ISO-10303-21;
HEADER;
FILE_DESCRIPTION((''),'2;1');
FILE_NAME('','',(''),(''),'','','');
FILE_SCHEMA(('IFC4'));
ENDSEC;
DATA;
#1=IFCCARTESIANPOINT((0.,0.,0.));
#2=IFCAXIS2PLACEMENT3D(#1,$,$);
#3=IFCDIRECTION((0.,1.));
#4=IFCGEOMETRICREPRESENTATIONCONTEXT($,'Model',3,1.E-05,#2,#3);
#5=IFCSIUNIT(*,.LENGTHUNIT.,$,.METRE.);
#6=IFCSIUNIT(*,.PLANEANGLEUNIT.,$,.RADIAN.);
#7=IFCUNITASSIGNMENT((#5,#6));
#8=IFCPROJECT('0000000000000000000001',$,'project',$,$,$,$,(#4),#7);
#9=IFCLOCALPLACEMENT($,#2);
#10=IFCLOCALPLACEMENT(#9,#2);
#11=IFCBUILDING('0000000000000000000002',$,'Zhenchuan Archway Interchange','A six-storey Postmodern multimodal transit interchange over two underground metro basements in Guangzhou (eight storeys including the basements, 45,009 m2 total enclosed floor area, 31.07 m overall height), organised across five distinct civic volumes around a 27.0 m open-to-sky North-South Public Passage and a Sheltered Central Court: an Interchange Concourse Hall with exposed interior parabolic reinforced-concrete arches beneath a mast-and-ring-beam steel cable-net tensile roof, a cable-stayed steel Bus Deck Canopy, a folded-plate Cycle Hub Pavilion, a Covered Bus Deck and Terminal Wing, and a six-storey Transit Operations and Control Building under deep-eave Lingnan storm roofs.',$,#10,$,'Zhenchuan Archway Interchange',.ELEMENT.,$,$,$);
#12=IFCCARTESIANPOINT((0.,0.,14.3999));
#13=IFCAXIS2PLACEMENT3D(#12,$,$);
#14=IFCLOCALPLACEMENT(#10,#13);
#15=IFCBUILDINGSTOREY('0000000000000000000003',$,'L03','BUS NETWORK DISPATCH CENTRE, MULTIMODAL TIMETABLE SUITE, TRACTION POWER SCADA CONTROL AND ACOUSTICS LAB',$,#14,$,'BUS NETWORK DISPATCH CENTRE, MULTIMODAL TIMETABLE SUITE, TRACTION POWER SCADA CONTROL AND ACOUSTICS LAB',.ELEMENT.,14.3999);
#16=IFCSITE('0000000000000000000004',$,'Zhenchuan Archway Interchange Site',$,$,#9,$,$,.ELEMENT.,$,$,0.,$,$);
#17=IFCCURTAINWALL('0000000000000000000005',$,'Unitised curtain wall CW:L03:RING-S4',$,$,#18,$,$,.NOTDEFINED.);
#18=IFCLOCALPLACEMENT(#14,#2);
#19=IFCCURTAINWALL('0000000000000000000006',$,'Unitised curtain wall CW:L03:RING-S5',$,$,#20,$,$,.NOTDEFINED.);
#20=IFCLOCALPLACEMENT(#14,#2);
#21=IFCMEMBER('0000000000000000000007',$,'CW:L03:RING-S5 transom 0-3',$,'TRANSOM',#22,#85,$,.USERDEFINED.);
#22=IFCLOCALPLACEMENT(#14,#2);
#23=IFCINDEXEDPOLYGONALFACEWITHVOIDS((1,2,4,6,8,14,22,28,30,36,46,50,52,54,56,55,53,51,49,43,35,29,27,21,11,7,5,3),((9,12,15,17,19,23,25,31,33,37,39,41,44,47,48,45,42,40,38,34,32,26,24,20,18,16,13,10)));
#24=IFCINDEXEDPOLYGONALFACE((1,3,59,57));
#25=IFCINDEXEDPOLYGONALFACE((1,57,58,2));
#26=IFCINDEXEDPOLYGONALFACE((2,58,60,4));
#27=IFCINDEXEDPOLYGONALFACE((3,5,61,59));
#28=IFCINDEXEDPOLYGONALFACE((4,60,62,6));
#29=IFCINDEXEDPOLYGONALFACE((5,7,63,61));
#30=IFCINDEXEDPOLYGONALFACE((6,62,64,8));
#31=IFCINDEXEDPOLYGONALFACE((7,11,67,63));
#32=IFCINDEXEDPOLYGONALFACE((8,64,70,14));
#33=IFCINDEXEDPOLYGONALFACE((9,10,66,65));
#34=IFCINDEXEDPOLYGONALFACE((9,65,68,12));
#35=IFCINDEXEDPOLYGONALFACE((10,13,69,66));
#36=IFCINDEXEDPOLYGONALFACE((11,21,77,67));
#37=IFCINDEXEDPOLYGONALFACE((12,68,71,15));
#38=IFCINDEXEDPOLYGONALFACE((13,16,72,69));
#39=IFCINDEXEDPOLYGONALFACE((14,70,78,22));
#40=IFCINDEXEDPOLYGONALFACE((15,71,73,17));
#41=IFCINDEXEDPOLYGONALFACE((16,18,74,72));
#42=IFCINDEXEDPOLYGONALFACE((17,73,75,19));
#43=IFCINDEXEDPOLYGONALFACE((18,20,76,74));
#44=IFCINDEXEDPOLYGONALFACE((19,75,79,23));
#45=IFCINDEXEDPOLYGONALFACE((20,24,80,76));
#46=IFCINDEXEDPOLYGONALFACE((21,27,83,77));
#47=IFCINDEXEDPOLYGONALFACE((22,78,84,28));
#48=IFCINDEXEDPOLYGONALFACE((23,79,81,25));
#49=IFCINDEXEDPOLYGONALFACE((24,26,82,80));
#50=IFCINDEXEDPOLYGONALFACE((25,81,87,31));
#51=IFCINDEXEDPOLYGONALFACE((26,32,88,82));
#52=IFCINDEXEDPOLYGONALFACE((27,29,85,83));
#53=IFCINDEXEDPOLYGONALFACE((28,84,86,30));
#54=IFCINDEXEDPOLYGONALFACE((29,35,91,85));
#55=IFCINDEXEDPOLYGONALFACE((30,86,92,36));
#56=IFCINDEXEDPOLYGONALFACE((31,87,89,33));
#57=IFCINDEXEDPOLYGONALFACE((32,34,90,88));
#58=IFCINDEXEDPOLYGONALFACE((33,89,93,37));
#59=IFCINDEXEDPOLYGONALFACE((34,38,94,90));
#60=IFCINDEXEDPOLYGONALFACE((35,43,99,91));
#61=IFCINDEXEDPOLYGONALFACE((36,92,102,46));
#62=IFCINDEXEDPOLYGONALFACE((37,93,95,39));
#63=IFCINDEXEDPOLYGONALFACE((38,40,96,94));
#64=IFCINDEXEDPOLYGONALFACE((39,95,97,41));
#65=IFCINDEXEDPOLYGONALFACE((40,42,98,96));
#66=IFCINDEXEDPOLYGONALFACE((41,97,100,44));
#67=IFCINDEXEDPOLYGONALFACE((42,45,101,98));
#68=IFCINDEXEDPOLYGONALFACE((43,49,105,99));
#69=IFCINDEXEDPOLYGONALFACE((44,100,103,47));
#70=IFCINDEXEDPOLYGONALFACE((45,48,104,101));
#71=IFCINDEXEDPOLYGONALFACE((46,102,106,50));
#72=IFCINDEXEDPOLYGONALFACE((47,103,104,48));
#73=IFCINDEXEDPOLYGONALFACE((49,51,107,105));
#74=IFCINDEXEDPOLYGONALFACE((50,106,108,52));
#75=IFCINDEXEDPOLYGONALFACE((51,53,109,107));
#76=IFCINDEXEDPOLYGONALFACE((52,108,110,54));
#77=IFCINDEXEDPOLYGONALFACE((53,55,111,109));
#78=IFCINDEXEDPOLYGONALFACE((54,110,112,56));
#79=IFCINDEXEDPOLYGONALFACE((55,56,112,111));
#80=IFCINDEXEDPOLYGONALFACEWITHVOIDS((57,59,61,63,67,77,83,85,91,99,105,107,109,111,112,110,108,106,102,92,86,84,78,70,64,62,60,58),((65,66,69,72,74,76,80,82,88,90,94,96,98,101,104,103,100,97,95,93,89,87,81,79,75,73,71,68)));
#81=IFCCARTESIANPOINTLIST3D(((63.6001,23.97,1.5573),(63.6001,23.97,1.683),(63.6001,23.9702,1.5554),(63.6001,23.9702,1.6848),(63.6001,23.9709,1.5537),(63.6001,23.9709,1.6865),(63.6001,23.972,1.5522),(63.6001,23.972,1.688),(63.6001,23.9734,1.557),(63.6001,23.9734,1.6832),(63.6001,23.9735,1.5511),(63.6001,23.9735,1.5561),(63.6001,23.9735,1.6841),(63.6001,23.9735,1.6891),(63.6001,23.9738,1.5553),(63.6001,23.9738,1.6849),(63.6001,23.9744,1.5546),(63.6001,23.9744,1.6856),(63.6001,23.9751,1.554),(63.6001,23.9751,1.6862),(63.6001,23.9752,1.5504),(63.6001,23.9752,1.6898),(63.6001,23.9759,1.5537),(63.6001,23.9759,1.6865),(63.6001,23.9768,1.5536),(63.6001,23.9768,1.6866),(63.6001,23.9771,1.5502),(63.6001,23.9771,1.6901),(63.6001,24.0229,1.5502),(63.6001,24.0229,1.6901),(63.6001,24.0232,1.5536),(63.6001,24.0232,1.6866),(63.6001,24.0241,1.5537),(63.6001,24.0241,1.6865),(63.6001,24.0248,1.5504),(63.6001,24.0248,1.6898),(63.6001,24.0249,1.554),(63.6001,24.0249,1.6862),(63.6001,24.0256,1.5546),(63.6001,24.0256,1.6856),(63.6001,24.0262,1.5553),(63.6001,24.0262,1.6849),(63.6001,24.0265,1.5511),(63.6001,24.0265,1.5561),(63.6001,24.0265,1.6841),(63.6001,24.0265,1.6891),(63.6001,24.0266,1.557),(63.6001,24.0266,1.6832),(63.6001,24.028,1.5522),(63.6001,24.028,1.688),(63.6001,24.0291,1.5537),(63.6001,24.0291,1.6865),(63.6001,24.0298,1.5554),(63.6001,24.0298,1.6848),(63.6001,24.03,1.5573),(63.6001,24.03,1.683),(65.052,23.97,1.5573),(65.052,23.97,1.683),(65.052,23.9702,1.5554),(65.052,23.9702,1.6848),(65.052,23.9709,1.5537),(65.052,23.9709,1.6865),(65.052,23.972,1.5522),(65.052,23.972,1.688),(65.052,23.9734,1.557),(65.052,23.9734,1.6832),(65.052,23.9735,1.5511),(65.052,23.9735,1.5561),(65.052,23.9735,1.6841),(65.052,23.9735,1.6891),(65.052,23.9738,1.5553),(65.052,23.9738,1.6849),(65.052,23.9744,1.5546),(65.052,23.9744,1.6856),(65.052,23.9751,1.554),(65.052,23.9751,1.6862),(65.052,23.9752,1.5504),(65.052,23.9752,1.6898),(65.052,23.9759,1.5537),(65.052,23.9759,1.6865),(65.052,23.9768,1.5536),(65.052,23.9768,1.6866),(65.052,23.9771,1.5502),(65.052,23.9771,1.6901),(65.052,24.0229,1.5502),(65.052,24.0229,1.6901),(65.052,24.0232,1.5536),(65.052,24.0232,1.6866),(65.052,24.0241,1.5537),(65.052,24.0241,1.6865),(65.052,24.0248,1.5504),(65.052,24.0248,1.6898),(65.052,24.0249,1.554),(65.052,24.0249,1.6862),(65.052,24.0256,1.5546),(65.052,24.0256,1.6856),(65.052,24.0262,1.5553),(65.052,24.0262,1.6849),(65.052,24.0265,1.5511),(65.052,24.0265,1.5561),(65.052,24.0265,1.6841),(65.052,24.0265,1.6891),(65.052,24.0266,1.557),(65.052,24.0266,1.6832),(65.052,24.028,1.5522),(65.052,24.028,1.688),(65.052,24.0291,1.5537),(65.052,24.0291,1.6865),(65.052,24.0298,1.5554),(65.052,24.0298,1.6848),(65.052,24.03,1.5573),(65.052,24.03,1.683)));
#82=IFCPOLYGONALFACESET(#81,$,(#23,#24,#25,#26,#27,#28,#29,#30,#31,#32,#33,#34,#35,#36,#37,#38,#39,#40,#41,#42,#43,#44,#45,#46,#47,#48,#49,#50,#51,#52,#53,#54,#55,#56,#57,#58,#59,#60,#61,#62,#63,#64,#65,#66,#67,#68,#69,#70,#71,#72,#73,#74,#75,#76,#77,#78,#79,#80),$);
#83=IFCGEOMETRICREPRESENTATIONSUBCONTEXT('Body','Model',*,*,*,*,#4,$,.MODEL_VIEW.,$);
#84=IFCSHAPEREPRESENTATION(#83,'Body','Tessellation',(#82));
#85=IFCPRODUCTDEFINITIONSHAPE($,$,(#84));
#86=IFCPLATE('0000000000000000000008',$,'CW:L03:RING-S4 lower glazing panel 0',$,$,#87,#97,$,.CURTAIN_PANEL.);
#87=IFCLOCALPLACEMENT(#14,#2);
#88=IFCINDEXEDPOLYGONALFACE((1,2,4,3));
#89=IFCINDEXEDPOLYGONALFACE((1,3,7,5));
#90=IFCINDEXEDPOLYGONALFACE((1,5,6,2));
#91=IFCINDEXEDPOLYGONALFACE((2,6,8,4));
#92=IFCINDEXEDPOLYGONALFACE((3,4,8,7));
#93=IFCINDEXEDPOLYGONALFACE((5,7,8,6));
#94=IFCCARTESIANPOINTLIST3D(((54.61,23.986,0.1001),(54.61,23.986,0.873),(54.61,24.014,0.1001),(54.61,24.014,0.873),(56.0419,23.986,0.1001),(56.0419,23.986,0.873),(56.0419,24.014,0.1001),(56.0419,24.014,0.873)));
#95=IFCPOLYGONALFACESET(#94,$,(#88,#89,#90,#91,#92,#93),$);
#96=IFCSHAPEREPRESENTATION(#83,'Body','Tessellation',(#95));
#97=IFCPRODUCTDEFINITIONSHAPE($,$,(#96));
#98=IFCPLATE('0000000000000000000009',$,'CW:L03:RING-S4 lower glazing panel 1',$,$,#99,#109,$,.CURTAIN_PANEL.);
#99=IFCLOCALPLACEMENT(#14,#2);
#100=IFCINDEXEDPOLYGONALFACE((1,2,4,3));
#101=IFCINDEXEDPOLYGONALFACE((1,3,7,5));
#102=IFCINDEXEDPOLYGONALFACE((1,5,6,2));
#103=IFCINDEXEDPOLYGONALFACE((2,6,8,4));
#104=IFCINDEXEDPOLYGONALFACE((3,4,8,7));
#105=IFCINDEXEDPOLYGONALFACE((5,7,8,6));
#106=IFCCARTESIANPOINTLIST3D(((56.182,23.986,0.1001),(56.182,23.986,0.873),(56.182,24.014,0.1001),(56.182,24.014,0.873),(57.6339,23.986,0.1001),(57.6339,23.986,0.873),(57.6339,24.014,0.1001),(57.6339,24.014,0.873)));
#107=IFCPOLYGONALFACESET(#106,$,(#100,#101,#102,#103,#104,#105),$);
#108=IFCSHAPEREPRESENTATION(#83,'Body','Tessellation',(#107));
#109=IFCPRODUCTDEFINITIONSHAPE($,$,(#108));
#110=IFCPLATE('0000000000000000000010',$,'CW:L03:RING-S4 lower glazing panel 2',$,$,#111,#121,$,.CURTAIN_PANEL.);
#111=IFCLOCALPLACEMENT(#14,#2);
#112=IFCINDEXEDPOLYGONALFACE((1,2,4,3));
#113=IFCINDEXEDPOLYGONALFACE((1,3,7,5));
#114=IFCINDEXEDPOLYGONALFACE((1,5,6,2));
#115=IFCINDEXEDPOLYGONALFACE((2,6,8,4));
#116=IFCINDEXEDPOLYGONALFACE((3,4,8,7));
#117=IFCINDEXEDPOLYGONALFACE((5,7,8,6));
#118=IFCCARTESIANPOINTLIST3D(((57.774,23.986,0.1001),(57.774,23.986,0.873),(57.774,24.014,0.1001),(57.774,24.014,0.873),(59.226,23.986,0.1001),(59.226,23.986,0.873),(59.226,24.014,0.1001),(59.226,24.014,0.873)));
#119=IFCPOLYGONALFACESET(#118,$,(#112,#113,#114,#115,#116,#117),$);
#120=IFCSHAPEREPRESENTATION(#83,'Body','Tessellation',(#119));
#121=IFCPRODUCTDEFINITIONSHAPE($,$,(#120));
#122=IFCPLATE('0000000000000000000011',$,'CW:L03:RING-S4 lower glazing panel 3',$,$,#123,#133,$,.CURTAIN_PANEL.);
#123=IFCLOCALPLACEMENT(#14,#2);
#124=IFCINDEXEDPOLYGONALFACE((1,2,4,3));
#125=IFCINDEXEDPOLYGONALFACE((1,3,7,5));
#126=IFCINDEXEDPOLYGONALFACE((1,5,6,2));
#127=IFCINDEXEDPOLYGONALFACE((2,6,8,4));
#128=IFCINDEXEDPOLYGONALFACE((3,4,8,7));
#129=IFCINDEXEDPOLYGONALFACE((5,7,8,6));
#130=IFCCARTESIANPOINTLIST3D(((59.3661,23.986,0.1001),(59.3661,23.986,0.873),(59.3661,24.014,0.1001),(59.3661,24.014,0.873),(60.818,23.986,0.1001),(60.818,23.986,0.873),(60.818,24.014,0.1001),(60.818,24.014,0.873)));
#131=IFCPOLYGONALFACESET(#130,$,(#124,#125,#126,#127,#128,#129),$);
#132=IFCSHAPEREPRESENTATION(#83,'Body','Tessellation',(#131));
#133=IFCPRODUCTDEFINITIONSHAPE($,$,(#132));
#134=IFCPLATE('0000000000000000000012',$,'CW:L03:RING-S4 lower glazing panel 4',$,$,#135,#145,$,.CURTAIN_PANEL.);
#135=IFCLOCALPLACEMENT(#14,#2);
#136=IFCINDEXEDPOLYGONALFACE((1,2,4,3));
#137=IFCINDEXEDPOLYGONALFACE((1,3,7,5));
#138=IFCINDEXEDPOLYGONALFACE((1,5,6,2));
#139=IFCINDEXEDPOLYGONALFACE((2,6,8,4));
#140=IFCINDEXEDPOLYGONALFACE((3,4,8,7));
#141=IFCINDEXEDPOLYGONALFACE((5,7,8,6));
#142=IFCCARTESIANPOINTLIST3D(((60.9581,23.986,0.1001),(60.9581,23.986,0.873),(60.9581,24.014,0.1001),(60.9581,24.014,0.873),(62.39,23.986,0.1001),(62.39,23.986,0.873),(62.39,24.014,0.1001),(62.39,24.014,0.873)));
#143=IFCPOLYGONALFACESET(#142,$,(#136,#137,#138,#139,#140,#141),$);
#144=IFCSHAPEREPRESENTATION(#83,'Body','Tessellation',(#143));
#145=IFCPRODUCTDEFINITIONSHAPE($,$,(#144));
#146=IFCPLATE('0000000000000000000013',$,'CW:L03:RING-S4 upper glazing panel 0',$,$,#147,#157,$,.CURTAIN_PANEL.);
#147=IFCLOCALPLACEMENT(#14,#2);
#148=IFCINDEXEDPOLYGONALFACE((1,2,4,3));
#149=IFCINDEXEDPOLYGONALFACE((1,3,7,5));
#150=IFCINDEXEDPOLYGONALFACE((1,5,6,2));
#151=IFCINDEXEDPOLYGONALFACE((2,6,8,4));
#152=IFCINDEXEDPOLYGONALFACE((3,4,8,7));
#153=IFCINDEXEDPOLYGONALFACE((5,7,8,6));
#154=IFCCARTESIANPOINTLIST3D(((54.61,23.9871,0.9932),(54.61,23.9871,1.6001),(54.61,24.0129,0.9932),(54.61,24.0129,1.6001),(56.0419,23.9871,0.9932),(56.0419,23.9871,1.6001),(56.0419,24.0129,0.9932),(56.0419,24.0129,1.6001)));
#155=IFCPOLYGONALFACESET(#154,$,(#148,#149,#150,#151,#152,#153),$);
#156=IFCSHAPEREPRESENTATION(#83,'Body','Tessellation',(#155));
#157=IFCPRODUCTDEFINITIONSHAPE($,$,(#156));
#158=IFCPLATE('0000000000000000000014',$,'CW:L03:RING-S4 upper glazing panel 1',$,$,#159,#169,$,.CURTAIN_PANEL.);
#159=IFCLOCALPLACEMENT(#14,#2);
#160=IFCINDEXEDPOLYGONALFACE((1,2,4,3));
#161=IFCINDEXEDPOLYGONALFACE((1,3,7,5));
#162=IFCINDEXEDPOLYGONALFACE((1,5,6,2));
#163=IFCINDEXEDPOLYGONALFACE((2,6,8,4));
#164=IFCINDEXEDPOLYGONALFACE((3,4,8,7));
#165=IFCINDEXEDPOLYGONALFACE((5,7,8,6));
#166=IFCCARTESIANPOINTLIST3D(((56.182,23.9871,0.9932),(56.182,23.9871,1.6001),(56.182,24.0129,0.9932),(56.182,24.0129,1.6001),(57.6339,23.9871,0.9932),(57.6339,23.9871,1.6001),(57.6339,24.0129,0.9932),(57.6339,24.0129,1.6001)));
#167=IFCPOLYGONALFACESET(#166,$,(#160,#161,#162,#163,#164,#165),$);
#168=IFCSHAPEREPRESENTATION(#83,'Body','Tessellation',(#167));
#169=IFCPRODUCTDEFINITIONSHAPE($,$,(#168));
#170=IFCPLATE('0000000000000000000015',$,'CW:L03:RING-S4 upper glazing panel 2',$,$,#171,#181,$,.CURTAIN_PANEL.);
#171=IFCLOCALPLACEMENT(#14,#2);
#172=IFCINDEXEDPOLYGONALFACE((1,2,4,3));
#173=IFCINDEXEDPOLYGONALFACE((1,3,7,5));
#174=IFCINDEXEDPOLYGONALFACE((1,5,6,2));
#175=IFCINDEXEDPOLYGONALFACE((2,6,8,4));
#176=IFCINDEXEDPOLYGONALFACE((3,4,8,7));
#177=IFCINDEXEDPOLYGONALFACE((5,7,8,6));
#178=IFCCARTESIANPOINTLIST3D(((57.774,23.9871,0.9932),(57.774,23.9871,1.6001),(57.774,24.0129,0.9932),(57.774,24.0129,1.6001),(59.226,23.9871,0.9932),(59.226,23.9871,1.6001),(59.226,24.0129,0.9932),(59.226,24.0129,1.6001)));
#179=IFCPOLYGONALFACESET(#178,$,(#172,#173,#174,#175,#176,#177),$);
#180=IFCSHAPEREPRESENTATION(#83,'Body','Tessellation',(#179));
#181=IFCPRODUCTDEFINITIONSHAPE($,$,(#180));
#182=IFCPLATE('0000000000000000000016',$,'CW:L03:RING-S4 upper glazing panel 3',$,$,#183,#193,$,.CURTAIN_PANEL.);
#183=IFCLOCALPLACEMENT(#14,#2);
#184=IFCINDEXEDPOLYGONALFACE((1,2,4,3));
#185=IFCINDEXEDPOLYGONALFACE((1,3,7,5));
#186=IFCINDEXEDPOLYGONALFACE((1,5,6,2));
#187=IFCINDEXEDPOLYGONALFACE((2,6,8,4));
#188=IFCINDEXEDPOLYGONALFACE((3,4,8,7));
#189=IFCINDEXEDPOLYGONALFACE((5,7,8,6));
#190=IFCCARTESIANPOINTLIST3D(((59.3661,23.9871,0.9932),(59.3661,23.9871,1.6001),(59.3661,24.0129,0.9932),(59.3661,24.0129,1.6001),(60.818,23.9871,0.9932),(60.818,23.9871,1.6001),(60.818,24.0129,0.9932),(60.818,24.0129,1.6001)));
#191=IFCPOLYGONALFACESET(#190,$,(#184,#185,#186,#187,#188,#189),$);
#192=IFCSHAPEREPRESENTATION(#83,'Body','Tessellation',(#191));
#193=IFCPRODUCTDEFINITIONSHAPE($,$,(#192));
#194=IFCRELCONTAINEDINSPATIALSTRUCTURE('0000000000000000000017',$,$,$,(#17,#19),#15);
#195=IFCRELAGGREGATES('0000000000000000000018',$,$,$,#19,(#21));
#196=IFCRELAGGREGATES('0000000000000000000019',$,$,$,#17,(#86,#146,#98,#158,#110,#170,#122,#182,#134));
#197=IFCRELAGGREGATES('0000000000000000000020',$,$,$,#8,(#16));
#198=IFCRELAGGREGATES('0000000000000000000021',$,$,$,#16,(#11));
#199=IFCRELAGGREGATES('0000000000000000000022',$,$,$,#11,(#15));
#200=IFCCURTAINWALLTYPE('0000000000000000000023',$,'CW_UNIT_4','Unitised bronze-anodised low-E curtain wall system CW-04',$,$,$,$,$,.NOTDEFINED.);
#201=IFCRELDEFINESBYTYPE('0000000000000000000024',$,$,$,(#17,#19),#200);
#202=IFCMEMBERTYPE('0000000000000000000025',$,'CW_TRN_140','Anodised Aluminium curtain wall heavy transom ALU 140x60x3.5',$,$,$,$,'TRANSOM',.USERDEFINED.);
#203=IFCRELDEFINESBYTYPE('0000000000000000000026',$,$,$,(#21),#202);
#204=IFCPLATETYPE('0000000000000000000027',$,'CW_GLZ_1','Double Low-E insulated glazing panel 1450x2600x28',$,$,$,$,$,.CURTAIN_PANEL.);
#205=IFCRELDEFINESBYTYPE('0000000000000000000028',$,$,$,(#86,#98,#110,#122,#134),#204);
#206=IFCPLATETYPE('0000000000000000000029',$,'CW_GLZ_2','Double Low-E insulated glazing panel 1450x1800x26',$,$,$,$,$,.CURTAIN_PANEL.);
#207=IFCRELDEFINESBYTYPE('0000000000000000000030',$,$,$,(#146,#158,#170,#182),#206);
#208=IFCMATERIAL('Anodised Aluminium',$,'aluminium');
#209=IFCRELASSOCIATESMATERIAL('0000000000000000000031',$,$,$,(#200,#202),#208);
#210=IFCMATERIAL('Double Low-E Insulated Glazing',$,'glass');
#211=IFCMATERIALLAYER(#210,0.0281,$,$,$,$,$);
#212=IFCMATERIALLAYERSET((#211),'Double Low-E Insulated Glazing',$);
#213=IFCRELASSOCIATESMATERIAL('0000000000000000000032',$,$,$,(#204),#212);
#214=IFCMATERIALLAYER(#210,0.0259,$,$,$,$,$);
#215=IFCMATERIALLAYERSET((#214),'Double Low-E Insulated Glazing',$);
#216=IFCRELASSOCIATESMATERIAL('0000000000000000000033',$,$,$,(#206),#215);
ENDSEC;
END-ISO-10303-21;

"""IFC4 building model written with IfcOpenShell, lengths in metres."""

from ifc_helpers import new_model, si_unit, direction, frame, origin, origin_2d, place, context, subcontext, project, spatial, rectangle, hollow_rectangle, extrude, material, layer, layer_set, material_profile, profile_set, type_object, element, aggregate, save


model = new_model("IFC4")

# Units and contexts
model_context = context("Model", 3, precision=1e-05, world=origin(), true_north=direction((0.0, 1.0)))
body_context = subcontext(model_context, "Body", "Model", "MODEL_VIEW")
ifc_project = project(units=[si_unit("LENGTHUNIT", "METRE"), si_unit("PLANEANGLEUNIT", "RADIAN")], contexts=[model_context])

# Site, building, storey
site_placement = place(None, origin())
site = spatial("IfcSite", under=ifc_project, at=site_placement, Name="Zhenchuan Archway Interchange Site", CompositionType="ELEMENT", RefElevation=0.0)
building_placement = place(site_placement, origin())
building = spatial("IfcBuilding", under=site, at=building_placement, Name="Zhenchuan Archway Interchange", Description="A six-storey Postmodern multimodal transit interchange over two underground metro basements in Guangzhou (eight storeys including the basements, 45,009 m2 total enclosed floor area, 31.07 m overall height), organised across five distinct civic volumes around a 27.0 m open-to-sky North-South Public Passage and a Sheltered Central Court: an Interchange Concourse Hall with exposed interior parabolic reinforced-concrete arches beneath a mast-and-ring-beam steel cable-net tensile roof, a cable-stayed steel Bus Deck Canopy, a folded-plate Cycle Hub Pavilion, a Covered Bus Deck and Terminal Wing, and a six-storey Transit Operations and Control Building under deep-eave Lingnan storm roofs.", LongName="Zhenchuan Archway Interchange", CompositionType="ELEMENT")
storey_placement = place(building_placement, frame((0.0, 0.0, 14.3999)))
storey = spatial("IfcBuildingStorey", under=building, at=storey_placement, Name="L03", Description="BUS NETWORK DISPATCH CENTRE, MULTIMODAL TIMETABLE SUITE, TRACTION POWER SCADA CONTROL AND ACOUSTICS LAB", LongName="BUS NETWORK DISPATCH CENTRE, MULTIMODAL TIMETABLE SUITE, TRACTION POWER SCADA CONTROL AND ACOUSTICS LAB", CompositionType="ELEMENT", Elevation=14.3999)

# Curtain wall
ifc_material_1 = material(Name="Anodised Aluminium", Category="aluminium")
curtain_wall_type = type_object("IfcCurtainWallType", Name="CW_UNIT_4", Description="Unitised bronze-anodised low-E curtain wall system CW-04", PredefinedType="NOTDEFINED", material=ifc_material_1)
curtain_wall_1_placement = place(storey_placement, origin())
curtain_wall_1 = element("IfcCurtainWall", 1, at=curtain_wall_1_placement, inside=storey, type_object=curtain_wall_type, Name="Unitised curtain wall CW:L03:RING-S4", PredefinedType="NOTDEFINED")

# Curtain wall
curtain_wall_2_placement = place(storey_placement, origin())
curtain_wall_2 = element("IfcCurtainWall", 2, at=curtain_wall_2_placement, inside=storey, type_object=curtain_wall_type, Name="Unitised curtain wall CW:L03:RING-S5", PredefinedType="NOTDEFINED")

# Member
ifc_material_profile_1 = material_profile(ifc_material_1, hollow_rectangle(XDim=0.0601, YDim=0.1399, WallThickness=0.0034, InnerFilletRadius=0.0034, OuterFilletRadius=0.0071, at=origin_2d()), Name="ALU 140x60x3.5")
ifc_profile_set_1 = profile_set([ifc_material_profile_1], Name="Anodised Aluminium")
member_type_1 = type_object("IfcMemberType", Name="CW_TRN_140", Description="Anodised Aluminium curtain wall heavy transom ALU 140x60x3.5", ElementType="TRANSOM", PredefinedType="USERDEFINED", material=ifc_profile_set_1)
member_1_placement = place(storey_placement, frame((63.6001, 24.0, 1.6201), z_axis=(1.0, 0.0, 0.0), x_axis=(0.0, 1.0, 0.0)))
member_1 = element("IfcMember", 3, at=member_1_placement, type_object=member_type_1, Name="CW:L03:RING-S5 transom 0-3", ObjectType="TRANSOM", PredefinedType="USERDEFINED", context=body_context, shape_type="SweptSolid", body=[
    extrude(hollow_rectangle(XDim=0.0601, YDim=0.1399, WallThickness=0.0034, InnerFilletRadius=0.0034, OuterFilletRadius=0.0071, at=origin_2d()), origin(), (0.0, 0.0, 1.0), 1.4519),
])
aggregate(curtain_wall_2, [member_1])

# Plates
ifc_material_2 = material(Name="Double Low-E Insulated Glazing", Category="glass")
ifc_layer_1 = layer(ifc_material_2, 0.0281)
ifc_layer_set_1 = layer_set([ifc_layer_1], Name="Double Low-E Insulated Glazing")
plate_type_1 = type_object("IfcPlateType", Name="CW_GLZ_1", Description="Double Low-E insulated glazing panel 1450x2600x28", PredefinedType="CURTAIN_PANEL", material=ifc_layer_set_1)
plate_1_placement = place(storey_placement, frame((55.3259, 24.0, 0.1001), z_axis=(0.0, 0.0, 1.0), x_axis=(1.0, 0.0, 0.0)))
plate_1 = element("IfcPlate", 4, at=plate_1_placement, type_object=plate_type_1, Name="CW:L03:RING-S4 lower glazing panel 0", PredefinedType="CURTAIN_PANEL", context=body_context, shape_type="SweptSolid", body=[
    extrude(rectangle(XDim=1.4319, YDim=0.0281, at=origin_2d()), origin(), (0.0, 0.0, 1.0), 0.7729),
])
plate_2_placement = place(storey_placement, frame((56.908, 24.0, 0.1001), z_axis=(0.0, 0.0, 1.0), x_axis=(1.0, 0.0, 0.0)))
plate_2 = element("IfcPlate", 5, at=plate_2_placement, type_object=plate_type_1, Name="CW:L03:RING-S4 lower glazing panel 1", PredefinedType="CURTAIN_PANEL", context=body_context, shape_type="SweptSolid", body=[
    extrude(rectangle(XDim=1.4519, YDim=0.0281, at=origin_2d()), origin(), (0.0, 0.0, 1.0), 0.7729),
])
plate_3_placement = place(storey_placement, frame((58.5, 24.0, 0.1001), z_axis=(0.0, 0.0, 1.0), x_axis=(1.0, 0.0, 0.0)))
plate_3 = element("IfcPlate", 6, at=plate_3_placement, type_object=plate_type_1, Name="CW:L03:RING-S4 lower glazing panel 2", PredefinedType="CURTAIN_PANEL", context=body_context, shape_type="SweptSolid", body=[
    extrude(rectangle(XDim=1.4519, YDim=0.0281, at=origin_2d()), origin(), (0.0, 0.0, 1.0), 0.7729),
])
plate_4_placement = place(storey_placement, frame((60.092, 24.0, 0.1001), z_axis=(0.0, 0.0, 1.0), x_axis=(1.0, 0.0, 0.0)))
plate_4 = element("IfcPlate", 7, at=plate_4_placement, type_object=plate_type_1, Name="CW:L03:RING-S4 lower glazing panel 3", PredefinedType="CURTAIN_PANEL", context=body_context, shape_type="SweptSolid", body=[
    extrude(rectangle(XDim=1.4519, YDim=0.0281, at=origin_2d()), origin(), (0.0, 0.0, 1.0), 0.7729),
])
plate_5_placement = place(storey_placement, frame((61.6741, 24.0, 0.1001), z_axis=(0.0, 0.0, 1.0), x_axis=(1.0, 0.0, 0.0)))
plate_5 = element("IfcPlate", 8, at=plate_5_placement, type_object=plate_type_1, Name="CW:L03:RING-S4 lower glazing panel 4", PredefinedType="CURTAIN_PANEL", context=body_context, shape_type="SweptSolid", body=[
    extrude(rectangle(XDim=1.4319, YDim=0.0281, at=origin_2d()), origin(), (0.0, 0.0, 1.0), 0.7729),
])
ifc_layer_2 = layer(ifc_material_2, 0.0259)
ifc_layer_set_2 = layer_set([ifc_layer_2], Name="Double Low-E Insulated Glazing")
plate_type_2 = type_object("IfcPlateType", Name="CW_GLZ_2", Description="Double Low-E insulated glazing panel 1450x1800x26", PredefinedType="CURTAIN_PANEL", material=ifc_layer_set_2)
plate_6_placement = place(storey_placement, frame((55.3259, 24.0, 0.9932), z_axis=(0.0, 0.0, 1.0), x_axis=(1.0, 0.0, 0.0)))
plate_6 = element("IfcPlate", 9, at=plate_6_placement, type_object=plate_type_2, Name="CW:L03:RING-S4 upper glazing panel 0", PredefinedType="CURTAIN_PANEL", context=body_context, shape_type="SweptSolid", body=[
    extrude(rectangle(XDim=1.4319, YDim=0.0259, at=origin_2d()), origin(), (0.0, 0.0, 1.0), 0.6069),
])
plate_7_placement = place(storey_placement, frame((56.908, 24.0, 0.9932), z_axis=(0.0, 0.0, 1.0), x_axis=(1.0, 0.0, 0.0)))
plate_7 = element("IfcPlate", 10, at=plate_7_placement, type_object=plate_type_2, Name="CW:L03:RING-S4 upper glazing panel 1", PredefinedType="CURTAIN_PANEL", context=body_context, shape_type="SweptSolid", body=[
    extrude(rectangle(XDim=1.4519, YDim=0.0259, at=origin_2d()), origin(), (0.0, 0.0, 1.0), 0.6069),
])
plate_8_placement = place(storey_placement, frame((58.5, 24.0, 0.9932), z_axis=(0.0, 0.0, 1.0), x_axis=(1.0, 0.0, 0.0)))
plate_8 = element("IfcPlate", 11, at=plate_8_placement, type_object=plate_type_2, Name="CW:L03:RING-S4 upper glazing panel 2", PredefinedType="CURTAIN_PANEL", context=body_context, shape_type="SweptSolid", body=[
    extrude(rectangle(XDim=1.4519, YDim=0.0259, at=origin_2d()), origin(), (0.0, 0.0, 1.0), 0.6069),
])
plate_9_placement = place(storey_placement, frame((60.092, 24.0, 0.9932), z_axis=(0.0, 0.0, 1.0), x_axis=(1.0, 0.0, 0.0)))
plate_9 = element("IfcPlate", 12, at=plate_9_placement, type_object=plate_type_2, Name="CW:L03:RING-S4 upper glazing panel 3", PredefinedType="CURTAIN_PANEL", context=body_context, shape_type="SweptSolid", body=[
    extrude(rectangle(XDim=1.4519, YDim=0.0259, at=origin_2d()), origin(), (0.0, 0.0, 1.0), 0.6069),
])
aggregate(curtain_wall_1, [plate_1, plate_6, plate_2, plate_7, plate_3, plate_8, plate_4, plate_9, plate_5])

save(model, "model.ifc")
